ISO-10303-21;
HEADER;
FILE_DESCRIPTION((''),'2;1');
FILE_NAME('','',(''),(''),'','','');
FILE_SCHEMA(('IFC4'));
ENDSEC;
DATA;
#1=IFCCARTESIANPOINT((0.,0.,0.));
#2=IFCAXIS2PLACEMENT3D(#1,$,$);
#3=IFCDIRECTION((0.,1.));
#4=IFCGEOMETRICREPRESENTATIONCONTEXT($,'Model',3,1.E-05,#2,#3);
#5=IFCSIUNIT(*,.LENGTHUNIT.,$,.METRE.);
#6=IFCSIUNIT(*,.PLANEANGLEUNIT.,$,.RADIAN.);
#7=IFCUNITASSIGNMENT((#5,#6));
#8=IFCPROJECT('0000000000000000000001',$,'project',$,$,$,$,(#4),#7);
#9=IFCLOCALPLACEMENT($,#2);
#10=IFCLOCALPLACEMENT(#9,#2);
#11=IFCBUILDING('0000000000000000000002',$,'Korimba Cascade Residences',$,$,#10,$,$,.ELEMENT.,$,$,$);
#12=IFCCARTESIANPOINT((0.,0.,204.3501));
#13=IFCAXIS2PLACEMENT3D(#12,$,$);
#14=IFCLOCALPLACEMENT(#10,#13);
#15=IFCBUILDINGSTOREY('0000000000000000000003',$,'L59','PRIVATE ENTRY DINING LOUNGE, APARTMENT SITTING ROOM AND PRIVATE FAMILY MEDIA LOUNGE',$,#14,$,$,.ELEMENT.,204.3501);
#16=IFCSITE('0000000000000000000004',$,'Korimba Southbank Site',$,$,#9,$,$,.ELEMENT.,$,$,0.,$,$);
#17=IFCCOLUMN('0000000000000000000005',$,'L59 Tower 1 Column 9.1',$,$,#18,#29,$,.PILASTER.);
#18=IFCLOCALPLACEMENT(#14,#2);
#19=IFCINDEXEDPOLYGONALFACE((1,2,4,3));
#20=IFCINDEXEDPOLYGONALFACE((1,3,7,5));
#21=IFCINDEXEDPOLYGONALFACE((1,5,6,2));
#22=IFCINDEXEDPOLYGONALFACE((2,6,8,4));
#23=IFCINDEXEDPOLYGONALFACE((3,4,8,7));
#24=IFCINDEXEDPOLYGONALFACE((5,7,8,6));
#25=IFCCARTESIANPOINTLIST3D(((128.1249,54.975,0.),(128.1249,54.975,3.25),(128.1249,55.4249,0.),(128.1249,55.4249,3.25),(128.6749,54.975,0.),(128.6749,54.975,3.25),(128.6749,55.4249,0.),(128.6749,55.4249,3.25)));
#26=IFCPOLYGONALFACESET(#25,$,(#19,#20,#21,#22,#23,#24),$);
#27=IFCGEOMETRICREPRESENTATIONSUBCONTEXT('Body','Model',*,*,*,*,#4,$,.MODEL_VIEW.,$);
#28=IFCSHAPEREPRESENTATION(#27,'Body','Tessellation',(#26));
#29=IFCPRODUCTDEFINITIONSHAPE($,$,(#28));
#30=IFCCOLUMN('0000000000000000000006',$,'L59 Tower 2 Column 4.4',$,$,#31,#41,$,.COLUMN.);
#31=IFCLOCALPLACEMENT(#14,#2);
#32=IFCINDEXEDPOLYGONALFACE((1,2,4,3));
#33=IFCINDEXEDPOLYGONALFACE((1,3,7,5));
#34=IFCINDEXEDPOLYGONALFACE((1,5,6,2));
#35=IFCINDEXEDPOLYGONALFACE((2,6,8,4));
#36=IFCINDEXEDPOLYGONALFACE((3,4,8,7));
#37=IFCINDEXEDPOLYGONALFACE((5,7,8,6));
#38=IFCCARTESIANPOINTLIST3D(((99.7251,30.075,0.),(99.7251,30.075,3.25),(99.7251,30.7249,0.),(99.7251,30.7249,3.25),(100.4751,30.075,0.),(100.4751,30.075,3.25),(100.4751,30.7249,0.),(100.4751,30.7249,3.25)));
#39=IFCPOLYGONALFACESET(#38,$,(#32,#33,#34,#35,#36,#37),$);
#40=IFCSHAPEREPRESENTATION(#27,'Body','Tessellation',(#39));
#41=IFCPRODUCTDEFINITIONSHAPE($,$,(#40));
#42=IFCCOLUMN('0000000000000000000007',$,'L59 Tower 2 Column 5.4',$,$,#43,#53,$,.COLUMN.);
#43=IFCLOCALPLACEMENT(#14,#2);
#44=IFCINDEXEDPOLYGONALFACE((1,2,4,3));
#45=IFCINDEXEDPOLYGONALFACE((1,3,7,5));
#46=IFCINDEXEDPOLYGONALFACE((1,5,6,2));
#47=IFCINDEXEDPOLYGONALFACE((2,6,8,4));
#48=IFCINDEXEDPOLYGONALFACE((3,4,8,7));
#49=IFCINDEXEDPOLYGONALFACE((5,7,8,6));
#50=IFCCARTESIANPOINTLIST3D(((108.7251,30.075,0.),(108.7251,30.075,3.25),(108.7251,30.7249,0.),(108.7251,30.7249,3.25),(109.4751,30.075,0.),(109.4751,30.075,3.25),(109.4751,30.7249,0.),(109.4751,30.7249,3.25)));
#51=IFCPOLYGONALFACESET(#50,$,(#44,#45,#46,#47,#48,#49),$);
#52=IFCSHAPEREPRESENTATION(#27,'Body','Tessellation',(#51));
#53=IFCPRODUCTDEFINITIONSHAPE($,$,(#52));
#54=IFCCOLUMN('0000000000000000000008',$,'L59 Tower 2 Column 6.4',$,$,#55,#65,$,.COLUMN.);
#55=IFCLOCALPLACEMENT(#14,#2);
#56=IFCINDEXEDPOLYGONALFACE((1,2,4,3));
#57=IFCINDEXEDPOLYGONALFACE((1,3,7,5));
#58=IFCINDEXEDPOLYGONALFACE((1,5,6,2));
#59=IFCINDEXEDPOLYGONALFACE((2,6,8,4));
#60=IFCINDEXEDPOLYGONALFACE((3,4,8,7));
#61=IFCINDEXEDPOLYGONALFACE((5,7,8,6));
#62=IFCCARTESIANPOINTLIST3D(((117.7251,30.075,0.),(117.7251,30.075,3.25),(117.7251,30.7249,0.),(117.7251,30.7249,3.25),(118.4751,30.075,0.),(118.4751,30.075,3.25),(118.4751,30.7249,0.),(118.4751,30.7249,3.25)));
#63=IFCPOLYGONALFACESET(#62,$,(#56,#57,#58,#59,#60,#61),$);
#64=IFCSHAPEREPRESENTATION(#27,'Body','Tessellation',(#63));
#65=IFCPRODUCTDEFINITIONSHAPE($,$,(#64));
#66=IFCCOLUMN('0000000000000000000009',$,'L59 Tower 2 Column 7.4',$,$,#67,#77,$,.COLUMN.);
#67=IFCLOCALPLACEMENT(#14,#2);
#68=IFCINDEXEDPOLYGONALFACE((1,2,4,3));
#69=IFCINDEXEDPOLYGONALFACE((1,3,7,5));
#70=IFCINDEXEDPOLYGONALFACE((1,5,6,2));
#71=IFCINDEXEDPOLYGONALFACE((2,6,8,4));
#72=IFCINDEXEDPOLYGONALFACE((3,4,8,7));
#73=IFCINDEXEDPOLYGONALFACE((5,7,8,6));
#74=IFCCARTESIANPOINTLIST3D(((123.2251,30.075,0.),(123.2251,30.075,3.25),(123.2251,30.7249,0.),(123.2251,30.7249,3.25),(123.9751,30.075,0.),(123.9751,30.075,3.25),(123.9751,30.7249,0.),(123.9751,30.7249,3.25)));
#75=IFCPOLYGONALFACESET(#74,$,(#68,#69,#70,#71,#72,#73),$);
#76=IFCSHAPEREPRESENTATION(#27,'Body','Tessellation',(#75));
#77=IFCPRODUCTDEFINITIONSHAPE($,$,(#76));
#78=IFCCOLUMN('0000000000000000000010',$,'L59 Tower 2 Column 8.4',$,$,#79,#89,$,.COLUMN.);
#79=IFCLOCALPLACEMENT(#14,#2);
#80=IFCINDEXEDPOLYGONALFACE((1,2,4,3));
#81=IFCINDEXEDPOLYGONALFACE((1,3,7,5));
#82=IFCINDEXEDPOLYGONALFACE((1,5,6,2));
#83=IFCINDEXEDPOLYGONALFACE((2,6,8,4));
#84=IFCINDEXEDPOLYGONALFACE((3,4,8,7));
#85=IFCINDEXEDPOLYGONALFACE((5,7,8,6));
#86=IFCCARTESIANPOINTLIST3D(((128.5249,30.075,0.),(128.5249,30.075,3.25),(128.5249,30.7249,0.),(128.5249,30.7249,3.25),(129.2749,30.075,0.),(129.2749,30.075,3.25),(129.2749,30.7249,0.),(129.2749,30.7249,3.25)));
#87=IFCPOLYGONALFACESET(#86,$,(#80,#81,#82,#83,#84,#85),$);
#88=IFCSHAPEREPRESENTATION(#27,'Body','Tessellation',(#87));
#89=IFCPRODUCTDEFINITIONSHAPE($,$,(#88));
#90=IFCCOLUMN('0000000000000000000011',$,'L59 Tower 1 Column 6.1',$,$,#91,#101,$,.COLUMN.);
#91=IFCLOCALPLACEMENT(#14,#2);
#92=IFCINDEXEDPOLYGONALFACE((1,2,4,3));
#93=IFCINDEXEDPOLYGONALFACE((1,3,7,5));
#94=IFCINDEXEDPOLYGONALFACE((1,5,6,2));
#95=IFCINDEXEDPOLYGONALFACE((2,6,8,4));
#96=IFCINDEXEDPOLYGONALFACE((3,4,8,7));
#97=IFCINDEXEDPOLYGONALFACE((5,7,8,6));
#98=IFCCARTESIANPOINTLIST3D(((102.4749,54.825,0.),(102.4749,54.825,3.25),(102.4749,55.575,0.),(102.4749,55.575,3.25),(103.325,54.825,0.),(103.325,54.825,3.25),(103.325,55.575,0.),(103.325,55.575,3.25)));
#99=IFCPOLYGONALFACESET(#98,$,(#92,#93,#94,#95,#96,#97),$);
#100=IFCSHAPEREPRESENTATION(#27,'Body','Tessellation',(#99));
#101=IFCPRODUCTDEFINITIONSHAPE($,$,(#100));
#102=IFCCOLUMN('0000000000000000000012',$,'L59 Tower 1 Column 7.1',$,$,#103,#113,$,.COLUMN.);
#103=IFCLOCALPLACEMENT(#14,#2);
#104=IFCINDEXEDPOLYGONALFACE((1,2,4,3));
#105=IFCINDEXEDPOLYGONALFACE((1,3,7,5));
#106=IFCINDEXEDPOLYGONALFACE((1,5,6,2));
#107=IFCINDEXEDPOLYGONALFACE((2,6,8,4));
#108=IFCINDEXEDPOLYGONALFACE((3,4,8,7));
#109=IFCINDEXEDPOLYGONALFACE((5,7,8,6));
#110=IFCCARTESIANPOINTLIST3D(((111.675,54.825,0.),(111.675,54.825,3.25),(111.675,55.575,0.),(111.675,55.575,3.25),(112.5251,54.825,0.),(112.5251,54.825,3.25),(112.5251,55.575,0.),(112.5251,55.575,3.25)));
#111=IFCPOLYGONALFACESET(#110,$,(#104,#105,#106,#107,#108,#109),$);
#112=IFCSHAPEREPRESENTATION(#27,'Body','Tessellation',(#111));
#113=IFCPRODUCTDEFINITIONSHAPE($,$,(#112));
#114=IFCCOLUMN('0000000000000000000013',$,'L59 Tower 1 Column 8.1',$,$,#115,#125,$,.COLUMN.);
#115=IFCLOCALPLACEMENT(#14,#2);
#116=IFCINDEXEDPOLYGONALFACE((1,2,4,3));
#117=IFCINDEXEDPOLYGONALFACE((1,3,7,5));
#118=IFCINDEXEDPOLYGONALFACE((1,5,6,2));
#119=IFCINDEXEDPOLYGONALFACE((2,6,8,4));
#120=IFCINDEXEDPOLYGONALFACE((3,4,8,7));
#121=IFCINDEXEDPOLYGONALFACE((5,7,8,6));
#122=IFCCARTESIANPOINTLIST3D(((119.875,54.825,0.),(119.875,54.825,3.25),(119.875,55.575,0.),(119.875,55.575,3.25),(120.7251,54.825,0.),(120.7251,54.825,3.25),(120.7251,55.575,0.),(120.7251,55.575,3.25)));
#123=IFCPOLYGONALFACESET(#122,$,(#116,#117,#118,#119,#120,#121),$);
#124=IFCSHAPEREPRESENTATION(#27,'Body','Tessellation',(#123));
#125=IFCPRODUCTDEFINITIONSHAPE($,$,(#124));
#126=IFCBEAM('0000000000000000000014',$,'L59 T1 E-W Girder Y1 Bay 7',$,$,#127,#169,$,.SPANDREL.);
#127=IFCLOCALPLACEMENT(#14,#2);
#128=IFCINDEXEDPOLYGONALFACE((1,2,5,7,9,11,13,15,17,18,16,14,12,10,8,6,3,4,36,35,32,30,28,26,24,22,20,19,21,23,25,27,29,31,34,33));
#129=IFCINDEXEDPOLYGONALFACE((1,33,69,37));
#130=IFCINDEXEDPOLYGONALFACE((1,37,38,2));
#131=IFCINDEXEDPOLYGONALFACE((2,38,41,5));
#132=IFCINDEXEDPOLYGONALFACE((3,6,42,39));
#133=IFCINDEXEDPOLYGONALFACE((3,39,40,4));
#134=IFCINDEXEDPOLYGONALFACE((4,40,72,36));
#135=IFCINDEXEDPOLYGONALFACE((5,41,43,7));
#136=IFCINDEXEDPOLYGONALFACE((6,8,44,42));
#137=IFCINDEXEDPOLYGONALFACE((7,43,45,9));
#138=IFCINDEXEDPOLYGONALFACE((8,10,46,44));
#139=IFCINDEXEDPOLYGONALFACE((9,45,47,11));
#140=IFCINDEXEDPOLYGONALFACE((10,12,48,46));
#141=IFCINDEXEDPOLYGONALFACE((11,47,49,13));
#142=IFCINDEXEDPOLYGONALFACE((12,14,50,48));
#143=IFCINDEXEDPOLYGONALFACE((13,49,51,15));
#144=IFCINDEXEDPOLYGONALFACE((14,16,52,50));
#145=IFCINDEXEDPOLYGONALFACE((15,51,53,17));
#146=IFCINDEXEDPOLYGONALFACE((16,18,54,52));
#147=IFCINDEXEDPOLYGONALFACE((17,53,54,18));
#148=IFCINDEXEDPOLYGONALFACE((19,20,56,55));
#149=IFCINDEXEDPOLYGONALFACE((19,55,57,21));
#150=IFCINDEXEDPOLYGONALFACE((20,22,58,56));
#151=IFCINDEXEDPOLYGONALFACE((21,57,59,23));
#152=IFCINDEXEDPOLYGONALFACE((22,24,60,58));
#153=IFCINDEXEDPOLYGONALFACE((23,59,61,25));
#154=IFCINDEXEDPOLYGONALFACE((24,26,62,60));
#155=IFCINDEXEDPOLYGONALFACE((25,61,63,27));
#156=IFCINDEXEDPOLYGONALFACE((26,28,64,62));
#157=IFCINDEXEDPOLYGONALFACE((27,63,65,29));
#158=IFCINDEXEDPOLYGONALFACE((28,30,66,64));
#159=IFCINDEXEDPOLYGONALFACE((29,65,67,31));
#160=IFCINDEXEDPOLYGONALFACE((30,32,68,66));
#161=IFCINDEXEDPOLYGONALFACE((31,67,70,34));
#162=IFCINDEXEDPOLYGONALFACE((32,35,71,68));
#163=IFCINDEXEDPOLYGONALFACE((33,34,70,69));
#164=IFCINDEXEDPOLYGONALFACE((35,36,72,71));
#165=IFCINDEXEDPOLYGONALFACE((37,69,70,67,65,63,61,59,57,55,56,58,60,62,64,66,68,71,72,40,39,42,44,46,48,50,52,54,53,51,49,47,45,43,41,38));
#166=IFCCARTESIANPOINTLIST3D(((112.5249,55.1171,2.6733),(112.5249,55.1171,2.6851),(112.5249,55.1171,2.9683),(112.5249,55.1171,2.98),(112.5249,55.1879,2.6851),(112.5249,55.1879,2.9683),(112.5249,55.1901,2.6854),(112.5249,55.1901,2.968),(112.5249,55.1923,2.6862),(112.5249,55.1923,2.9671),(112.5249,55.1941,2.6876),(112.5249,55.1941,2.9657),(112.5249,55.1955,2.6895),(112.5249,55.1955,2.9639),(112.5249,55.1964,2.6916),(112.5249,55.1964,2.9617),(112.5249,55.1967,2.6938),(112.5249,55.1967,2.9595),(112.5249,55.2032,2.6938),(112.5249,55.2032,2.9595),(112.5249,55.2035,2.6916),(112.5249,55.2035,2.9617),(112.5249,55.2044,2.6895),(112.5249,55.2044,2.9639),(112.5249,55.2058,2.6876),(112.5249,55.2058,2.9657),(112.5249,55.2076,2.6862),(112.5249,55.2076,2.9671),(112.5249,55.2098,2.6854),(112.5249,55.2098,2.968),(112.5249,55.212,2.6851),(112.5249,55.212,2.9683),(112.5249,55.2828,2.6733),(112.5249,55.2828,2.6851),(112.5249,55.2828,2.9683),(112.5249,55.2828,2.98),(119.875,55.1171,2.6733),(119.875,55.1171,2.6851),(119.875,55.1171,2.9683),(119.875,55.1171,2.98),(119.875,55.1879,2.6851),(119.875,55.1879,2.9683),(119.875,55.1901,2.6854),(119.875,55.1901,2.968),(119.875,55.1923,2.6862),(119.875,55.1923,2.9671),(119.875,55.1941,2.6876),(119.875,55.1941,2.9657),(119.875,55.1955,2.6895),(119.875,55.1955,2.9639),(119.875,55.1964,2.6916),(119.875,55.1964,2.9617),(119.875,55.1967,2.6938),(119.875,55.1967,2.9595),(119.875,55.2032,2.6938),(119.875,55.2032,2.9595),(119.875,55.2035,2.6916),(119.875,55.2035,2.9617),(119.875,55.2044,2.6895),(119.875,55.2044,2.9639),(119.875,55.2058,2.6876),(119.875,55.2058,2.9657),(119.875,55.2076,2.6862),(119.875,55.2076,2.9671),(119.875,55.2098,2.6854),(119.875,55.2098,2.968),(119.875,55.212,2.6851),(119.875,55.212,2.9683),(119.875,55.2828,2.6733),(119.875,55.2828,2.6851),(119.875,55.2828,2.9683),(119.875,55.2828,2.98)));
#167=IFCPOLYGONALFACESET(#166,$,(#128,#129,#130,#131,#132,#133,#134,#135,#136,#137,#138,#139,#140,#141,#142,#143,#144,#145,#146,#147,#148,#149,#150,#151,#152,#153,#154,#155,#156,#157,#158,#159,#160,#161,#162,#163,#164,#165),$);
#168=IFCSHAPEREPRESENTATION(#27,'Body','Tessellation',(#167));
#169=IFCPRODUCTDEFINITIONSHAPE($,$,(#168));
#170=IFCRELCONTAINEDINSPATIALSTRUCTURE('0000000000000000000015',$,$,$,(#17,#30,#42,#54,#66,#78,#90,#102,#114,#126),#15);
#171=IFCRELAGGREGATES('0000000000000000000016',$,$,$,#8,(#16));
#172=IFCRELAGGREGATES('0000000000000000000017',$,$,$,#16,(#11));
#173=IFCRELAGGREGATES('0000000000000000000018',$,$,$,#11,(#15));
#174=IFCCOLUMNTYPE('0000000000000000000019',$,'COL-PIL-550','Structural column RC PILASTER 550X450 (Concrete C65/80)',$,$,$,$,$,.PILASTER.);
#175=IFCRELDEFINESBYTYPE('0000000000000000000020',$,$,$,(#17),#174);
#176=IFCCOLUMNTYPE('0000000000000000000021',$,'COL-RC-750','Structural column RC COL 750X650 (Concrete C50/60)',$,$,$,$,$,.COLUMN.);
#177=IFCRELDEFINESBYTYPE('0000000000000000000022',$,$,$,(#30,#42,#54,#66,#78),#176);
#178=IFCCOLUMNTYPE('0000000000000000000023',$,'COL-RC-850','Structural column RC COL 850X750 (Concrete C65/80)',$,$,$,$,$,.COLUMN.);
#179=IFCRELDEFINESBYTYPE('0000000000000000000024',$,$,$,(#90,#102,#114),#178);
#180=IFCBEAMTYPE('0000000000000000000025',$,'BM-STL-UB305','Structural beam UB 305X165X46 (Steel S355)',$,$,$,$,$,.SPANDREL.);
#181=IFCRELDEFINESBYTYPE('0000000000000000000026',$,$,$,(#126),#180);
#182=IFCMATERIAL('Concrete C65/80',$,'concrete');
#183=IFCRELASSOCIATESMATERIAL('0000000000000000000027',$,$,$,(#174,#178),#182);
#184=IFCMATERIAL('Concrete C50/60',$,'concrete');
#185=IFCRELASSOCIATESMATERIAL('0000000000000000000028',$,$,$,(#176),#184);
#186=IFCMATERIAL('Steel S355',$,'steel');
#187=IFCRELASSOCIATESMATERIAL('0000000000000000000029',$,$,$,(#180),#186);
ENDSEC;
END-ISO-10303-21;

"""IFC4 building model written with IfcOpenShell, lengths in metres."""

from ifc_helpers import new_model, si_unit, direction, frame, origin, origin_2d, place, context, subcontext, project, spatial, rectangle, i_section, extrude, material, material_profile, profile_set, type_object, element, save


model = new_model("IFC4")

# Units and contexts
model_context = context("Model", 3, precision=1e-05, world=origin(), true_north=direction((0.0, 1.0)))
body_context = subcontext(model_context, "Body", "Model", "MODEL_VIEW")
ifc_project = project(units=[si_unit("LENGTHUNIT", "METRE"), si_unit("PLANEANGLEUNIT", "RADIAN")], contexts=[model_context])

# Site, building, storey
site_placement = place(None, origin())
site = spatial("IfcSite", under=ifc_project, at=site_placement, Name="Korimba Southbank Site", CompositionType="ELEMENT", RefElevation=0.0)
building_placement = place(site_placement, origin())
building = spatial("IfcBuilding", under=site, at=building_placement, Name="Korimba Cascade Residences", CompositionType="ELEMENT")
storey_placement = place(building_placement, frame((0.0, 0.0, 204.3501)))
storey = spatial("IfcBuildingStorey", under=building, at=storey_placement, Name="L59", Description="PRIVATE ENTRY DINING LOUNGE, APARTMENT SITTING ROOM AND PRIVATE FAMILY MEDIA LOUNGE", CompositionType="ELEMENT", Elevation=204.3501)

# Columns
ifc_material_1 = material(Name="Concrete C65/80", Category="concrete")
ifc_material_profile_1 = material_profile(ifc_material_1, rectangle(XDim=0.55, YDim=0.45, at=origin_2d()), Name="Concrete C65/80")
ifc_profile_set_1 = profile_set([ifc_material_profile_1], Name="Concrete C65/80")
column_type_1 = type_object("IfcColumnType", Name="COL-PIL-550", Description="Structural column RC PILASTER 550X450 (Concrete C65/80)", PredefinedType="PILASTER", material=ifc_profile_set_1)
column_placement = place(storey_placement, frame((128.3999, 55.2, 0.0), z_axis=(0.0, 0.0, 1.0), x_axis=(1.0, 0.0, 0.0)))
element("IfcColumn", 1, at=column_placement, inside=storey, type_object=column_type_1, Name="L59 Tower 1 Column 9.1", PredefinedType="PILASTER", context=body_context, shape_type="SweptSolid", body=[
    extrude(rectangle(XDim=0.55, YDim=0.45, at=origin_2d()), origin(), (0.0, 0.0, 1.0), 3.25),
])
ifc_material_2 = material(Name="Concrete C50/60", Category="concrete")
ifc_material_profile_2 = material_profile(ifc_material_2, rectangle(XDim=0.75, YDim=0.6499, at=origin_2d()), Name="Concrete C50/60")
ifc_profile_set_2 = profile_set([ifc_material_profile_2], Name="Concrete C50/60")
column_type_2 = type_object("IfcColumnType", Name="COL-RC-750", Description="Structural column RC COL 750X650 (Concrete C50/60)", PredefinedType="COLUMN", material=ifc_profile_set_2)
for number, where, z_axis, x_axis, name in (
    (2, (100.1001, 30.3999, 0.0), (0.0, 0.0, 1.0), (1.0, 0.0, 0.0), "L59 Tower 2 Column 4.4"),
    (3, (109.1001, 30.3999, 0.0), (0.0, 0.0, 1.0), (1.0, 0.0, 0.0), "L59 Tower 2 Column 5.4"),
    (4, (118.1001, 30.3999, 0.0), (0.0, 0.0, 1.0), (1.0, 0.0, 0.0), "L59 Tower 2 Column 6.4"),
    (5, (123.6001, 30.3999, 0.0), (0.0, 0.0, 1.0), (1.0, 0.0, 0.0), "L59 Tower 2 Column 7.4"),
    (6, (128.8999, 30.3999, 0.0), (0.0, 0.0, 1.0), (1.0, 0.0, 0.0), "L59 Tower 2 Column 8.4"),
):
    element("IfcColumn", number, at=place(storey_placement, frame(where, z_axis=z_axis, x_axis=x_axis)), inside=storey, type_object=column_type_2, Name=name, PredefinedType="COLUMN", context=body_context, shape_type="SweptSolid", body=[
        extrude(rectangle(XDim=0.75, YDim=0.6499, at=origin_2d()), origin(), (0.0, 0.0, 1.0), 3.25),
    ])
ifc_material_profile_3 = material_profile(ifc_material_1, rectangle(XDim=0.8501, YDim=0.75, at=origin_2d()), Name="Concrete C65/80")
ifc_profile_set_3 = profile_set([ifc_material_profile_3], Name="Concrete C65/80")
column_type_3 = type_object("IfcColumnType", Name="COL-RC-850", Description="Structural column RC COL 850X750 (Concrete C65/80)", PredefinedType="COLUMN", material=ifc_profile_set_3)
for number, where, z_axis, x_axis, name in (
    (7, (102.8999, 55.2, 0.0), (0.0, 0.0, 1.0), (1.0, 0.0, 0.0), "L59 Tower 1 Column 6.1"),
    (8, (112.1001, 55.2, 0.0), (0.0, 0.0, 1.0), (1.0, 0.0, 0.0), "L59 Tower 1 Column 7.1"),
    (9, (120.3, 55.2, 0.0), (0.0, 0.0, 1.0), (1.0, 0.0, 0.0), "L59 Tower 1 Column 8.1"),
):
    element("IfcColumn", number, at=place(storey_placement, frame(where, z_axis=z_axis, x_axis=x_axis)), inside=storey, type_object=column_type_3, Name=name, PredefinedType="COLUMN", context=body_context, shape_type="SweptSolid", body=[
        extrude(rectangle(XDim=0.8501, YDim=0.75, at=origin_2d()), origin(), (0.0, 0.0, 1.0), 3.25),
    ])

# Beam
ifc_material_3 = material(Name="Steel S355", Category="steel")
ifc_material_profile_4 = material_profile(ifc_material_3, i_section(OverallWidth=0.1658, OverallDepth=0.3066, WebThickness=0.0066, FlangeThickness=0.0117, FilletRadius=0.0088, at=origin_2d()), Name="Steel S355")
ifc_profile_set_4 = profile_set([ifc_material_profile_4], Name="Steel S355")
beam_type = type_object("IfcBeamType", Name="BM-STL-UB305", Description="Structural beam UB 305X165X46 (Steel S355)", PredefinedType="SPANDREL", material=ifc_profile_set_4)
beam_1_placement = place(storey_placement, frame((112.5249, 55.2, 2.8267), z_axis=(1.0, 0.0, 0.0), x_axis=(0.0, 1.0, 0.0)))
element("IfcBeam", 10, at=beam_1_placement, inside=storey, type_object=beam_type, Name="L59 T1 E-W Girder Y1 Bay 7", PredefinedType="SPANDREL", context=body_context, shape_type="SweptSolid", body=[
    extrude(i_section(OverallWidth=0.1658, OverallDepth=0.3066, WebThickness=0.0066, FlangeThickness=0.0117, FilletRadius=0.0088, at=origin_2d()), origin(), (0.0, 0.0, 1.0), 7.3501),
])

save(model, "model.ifc")
